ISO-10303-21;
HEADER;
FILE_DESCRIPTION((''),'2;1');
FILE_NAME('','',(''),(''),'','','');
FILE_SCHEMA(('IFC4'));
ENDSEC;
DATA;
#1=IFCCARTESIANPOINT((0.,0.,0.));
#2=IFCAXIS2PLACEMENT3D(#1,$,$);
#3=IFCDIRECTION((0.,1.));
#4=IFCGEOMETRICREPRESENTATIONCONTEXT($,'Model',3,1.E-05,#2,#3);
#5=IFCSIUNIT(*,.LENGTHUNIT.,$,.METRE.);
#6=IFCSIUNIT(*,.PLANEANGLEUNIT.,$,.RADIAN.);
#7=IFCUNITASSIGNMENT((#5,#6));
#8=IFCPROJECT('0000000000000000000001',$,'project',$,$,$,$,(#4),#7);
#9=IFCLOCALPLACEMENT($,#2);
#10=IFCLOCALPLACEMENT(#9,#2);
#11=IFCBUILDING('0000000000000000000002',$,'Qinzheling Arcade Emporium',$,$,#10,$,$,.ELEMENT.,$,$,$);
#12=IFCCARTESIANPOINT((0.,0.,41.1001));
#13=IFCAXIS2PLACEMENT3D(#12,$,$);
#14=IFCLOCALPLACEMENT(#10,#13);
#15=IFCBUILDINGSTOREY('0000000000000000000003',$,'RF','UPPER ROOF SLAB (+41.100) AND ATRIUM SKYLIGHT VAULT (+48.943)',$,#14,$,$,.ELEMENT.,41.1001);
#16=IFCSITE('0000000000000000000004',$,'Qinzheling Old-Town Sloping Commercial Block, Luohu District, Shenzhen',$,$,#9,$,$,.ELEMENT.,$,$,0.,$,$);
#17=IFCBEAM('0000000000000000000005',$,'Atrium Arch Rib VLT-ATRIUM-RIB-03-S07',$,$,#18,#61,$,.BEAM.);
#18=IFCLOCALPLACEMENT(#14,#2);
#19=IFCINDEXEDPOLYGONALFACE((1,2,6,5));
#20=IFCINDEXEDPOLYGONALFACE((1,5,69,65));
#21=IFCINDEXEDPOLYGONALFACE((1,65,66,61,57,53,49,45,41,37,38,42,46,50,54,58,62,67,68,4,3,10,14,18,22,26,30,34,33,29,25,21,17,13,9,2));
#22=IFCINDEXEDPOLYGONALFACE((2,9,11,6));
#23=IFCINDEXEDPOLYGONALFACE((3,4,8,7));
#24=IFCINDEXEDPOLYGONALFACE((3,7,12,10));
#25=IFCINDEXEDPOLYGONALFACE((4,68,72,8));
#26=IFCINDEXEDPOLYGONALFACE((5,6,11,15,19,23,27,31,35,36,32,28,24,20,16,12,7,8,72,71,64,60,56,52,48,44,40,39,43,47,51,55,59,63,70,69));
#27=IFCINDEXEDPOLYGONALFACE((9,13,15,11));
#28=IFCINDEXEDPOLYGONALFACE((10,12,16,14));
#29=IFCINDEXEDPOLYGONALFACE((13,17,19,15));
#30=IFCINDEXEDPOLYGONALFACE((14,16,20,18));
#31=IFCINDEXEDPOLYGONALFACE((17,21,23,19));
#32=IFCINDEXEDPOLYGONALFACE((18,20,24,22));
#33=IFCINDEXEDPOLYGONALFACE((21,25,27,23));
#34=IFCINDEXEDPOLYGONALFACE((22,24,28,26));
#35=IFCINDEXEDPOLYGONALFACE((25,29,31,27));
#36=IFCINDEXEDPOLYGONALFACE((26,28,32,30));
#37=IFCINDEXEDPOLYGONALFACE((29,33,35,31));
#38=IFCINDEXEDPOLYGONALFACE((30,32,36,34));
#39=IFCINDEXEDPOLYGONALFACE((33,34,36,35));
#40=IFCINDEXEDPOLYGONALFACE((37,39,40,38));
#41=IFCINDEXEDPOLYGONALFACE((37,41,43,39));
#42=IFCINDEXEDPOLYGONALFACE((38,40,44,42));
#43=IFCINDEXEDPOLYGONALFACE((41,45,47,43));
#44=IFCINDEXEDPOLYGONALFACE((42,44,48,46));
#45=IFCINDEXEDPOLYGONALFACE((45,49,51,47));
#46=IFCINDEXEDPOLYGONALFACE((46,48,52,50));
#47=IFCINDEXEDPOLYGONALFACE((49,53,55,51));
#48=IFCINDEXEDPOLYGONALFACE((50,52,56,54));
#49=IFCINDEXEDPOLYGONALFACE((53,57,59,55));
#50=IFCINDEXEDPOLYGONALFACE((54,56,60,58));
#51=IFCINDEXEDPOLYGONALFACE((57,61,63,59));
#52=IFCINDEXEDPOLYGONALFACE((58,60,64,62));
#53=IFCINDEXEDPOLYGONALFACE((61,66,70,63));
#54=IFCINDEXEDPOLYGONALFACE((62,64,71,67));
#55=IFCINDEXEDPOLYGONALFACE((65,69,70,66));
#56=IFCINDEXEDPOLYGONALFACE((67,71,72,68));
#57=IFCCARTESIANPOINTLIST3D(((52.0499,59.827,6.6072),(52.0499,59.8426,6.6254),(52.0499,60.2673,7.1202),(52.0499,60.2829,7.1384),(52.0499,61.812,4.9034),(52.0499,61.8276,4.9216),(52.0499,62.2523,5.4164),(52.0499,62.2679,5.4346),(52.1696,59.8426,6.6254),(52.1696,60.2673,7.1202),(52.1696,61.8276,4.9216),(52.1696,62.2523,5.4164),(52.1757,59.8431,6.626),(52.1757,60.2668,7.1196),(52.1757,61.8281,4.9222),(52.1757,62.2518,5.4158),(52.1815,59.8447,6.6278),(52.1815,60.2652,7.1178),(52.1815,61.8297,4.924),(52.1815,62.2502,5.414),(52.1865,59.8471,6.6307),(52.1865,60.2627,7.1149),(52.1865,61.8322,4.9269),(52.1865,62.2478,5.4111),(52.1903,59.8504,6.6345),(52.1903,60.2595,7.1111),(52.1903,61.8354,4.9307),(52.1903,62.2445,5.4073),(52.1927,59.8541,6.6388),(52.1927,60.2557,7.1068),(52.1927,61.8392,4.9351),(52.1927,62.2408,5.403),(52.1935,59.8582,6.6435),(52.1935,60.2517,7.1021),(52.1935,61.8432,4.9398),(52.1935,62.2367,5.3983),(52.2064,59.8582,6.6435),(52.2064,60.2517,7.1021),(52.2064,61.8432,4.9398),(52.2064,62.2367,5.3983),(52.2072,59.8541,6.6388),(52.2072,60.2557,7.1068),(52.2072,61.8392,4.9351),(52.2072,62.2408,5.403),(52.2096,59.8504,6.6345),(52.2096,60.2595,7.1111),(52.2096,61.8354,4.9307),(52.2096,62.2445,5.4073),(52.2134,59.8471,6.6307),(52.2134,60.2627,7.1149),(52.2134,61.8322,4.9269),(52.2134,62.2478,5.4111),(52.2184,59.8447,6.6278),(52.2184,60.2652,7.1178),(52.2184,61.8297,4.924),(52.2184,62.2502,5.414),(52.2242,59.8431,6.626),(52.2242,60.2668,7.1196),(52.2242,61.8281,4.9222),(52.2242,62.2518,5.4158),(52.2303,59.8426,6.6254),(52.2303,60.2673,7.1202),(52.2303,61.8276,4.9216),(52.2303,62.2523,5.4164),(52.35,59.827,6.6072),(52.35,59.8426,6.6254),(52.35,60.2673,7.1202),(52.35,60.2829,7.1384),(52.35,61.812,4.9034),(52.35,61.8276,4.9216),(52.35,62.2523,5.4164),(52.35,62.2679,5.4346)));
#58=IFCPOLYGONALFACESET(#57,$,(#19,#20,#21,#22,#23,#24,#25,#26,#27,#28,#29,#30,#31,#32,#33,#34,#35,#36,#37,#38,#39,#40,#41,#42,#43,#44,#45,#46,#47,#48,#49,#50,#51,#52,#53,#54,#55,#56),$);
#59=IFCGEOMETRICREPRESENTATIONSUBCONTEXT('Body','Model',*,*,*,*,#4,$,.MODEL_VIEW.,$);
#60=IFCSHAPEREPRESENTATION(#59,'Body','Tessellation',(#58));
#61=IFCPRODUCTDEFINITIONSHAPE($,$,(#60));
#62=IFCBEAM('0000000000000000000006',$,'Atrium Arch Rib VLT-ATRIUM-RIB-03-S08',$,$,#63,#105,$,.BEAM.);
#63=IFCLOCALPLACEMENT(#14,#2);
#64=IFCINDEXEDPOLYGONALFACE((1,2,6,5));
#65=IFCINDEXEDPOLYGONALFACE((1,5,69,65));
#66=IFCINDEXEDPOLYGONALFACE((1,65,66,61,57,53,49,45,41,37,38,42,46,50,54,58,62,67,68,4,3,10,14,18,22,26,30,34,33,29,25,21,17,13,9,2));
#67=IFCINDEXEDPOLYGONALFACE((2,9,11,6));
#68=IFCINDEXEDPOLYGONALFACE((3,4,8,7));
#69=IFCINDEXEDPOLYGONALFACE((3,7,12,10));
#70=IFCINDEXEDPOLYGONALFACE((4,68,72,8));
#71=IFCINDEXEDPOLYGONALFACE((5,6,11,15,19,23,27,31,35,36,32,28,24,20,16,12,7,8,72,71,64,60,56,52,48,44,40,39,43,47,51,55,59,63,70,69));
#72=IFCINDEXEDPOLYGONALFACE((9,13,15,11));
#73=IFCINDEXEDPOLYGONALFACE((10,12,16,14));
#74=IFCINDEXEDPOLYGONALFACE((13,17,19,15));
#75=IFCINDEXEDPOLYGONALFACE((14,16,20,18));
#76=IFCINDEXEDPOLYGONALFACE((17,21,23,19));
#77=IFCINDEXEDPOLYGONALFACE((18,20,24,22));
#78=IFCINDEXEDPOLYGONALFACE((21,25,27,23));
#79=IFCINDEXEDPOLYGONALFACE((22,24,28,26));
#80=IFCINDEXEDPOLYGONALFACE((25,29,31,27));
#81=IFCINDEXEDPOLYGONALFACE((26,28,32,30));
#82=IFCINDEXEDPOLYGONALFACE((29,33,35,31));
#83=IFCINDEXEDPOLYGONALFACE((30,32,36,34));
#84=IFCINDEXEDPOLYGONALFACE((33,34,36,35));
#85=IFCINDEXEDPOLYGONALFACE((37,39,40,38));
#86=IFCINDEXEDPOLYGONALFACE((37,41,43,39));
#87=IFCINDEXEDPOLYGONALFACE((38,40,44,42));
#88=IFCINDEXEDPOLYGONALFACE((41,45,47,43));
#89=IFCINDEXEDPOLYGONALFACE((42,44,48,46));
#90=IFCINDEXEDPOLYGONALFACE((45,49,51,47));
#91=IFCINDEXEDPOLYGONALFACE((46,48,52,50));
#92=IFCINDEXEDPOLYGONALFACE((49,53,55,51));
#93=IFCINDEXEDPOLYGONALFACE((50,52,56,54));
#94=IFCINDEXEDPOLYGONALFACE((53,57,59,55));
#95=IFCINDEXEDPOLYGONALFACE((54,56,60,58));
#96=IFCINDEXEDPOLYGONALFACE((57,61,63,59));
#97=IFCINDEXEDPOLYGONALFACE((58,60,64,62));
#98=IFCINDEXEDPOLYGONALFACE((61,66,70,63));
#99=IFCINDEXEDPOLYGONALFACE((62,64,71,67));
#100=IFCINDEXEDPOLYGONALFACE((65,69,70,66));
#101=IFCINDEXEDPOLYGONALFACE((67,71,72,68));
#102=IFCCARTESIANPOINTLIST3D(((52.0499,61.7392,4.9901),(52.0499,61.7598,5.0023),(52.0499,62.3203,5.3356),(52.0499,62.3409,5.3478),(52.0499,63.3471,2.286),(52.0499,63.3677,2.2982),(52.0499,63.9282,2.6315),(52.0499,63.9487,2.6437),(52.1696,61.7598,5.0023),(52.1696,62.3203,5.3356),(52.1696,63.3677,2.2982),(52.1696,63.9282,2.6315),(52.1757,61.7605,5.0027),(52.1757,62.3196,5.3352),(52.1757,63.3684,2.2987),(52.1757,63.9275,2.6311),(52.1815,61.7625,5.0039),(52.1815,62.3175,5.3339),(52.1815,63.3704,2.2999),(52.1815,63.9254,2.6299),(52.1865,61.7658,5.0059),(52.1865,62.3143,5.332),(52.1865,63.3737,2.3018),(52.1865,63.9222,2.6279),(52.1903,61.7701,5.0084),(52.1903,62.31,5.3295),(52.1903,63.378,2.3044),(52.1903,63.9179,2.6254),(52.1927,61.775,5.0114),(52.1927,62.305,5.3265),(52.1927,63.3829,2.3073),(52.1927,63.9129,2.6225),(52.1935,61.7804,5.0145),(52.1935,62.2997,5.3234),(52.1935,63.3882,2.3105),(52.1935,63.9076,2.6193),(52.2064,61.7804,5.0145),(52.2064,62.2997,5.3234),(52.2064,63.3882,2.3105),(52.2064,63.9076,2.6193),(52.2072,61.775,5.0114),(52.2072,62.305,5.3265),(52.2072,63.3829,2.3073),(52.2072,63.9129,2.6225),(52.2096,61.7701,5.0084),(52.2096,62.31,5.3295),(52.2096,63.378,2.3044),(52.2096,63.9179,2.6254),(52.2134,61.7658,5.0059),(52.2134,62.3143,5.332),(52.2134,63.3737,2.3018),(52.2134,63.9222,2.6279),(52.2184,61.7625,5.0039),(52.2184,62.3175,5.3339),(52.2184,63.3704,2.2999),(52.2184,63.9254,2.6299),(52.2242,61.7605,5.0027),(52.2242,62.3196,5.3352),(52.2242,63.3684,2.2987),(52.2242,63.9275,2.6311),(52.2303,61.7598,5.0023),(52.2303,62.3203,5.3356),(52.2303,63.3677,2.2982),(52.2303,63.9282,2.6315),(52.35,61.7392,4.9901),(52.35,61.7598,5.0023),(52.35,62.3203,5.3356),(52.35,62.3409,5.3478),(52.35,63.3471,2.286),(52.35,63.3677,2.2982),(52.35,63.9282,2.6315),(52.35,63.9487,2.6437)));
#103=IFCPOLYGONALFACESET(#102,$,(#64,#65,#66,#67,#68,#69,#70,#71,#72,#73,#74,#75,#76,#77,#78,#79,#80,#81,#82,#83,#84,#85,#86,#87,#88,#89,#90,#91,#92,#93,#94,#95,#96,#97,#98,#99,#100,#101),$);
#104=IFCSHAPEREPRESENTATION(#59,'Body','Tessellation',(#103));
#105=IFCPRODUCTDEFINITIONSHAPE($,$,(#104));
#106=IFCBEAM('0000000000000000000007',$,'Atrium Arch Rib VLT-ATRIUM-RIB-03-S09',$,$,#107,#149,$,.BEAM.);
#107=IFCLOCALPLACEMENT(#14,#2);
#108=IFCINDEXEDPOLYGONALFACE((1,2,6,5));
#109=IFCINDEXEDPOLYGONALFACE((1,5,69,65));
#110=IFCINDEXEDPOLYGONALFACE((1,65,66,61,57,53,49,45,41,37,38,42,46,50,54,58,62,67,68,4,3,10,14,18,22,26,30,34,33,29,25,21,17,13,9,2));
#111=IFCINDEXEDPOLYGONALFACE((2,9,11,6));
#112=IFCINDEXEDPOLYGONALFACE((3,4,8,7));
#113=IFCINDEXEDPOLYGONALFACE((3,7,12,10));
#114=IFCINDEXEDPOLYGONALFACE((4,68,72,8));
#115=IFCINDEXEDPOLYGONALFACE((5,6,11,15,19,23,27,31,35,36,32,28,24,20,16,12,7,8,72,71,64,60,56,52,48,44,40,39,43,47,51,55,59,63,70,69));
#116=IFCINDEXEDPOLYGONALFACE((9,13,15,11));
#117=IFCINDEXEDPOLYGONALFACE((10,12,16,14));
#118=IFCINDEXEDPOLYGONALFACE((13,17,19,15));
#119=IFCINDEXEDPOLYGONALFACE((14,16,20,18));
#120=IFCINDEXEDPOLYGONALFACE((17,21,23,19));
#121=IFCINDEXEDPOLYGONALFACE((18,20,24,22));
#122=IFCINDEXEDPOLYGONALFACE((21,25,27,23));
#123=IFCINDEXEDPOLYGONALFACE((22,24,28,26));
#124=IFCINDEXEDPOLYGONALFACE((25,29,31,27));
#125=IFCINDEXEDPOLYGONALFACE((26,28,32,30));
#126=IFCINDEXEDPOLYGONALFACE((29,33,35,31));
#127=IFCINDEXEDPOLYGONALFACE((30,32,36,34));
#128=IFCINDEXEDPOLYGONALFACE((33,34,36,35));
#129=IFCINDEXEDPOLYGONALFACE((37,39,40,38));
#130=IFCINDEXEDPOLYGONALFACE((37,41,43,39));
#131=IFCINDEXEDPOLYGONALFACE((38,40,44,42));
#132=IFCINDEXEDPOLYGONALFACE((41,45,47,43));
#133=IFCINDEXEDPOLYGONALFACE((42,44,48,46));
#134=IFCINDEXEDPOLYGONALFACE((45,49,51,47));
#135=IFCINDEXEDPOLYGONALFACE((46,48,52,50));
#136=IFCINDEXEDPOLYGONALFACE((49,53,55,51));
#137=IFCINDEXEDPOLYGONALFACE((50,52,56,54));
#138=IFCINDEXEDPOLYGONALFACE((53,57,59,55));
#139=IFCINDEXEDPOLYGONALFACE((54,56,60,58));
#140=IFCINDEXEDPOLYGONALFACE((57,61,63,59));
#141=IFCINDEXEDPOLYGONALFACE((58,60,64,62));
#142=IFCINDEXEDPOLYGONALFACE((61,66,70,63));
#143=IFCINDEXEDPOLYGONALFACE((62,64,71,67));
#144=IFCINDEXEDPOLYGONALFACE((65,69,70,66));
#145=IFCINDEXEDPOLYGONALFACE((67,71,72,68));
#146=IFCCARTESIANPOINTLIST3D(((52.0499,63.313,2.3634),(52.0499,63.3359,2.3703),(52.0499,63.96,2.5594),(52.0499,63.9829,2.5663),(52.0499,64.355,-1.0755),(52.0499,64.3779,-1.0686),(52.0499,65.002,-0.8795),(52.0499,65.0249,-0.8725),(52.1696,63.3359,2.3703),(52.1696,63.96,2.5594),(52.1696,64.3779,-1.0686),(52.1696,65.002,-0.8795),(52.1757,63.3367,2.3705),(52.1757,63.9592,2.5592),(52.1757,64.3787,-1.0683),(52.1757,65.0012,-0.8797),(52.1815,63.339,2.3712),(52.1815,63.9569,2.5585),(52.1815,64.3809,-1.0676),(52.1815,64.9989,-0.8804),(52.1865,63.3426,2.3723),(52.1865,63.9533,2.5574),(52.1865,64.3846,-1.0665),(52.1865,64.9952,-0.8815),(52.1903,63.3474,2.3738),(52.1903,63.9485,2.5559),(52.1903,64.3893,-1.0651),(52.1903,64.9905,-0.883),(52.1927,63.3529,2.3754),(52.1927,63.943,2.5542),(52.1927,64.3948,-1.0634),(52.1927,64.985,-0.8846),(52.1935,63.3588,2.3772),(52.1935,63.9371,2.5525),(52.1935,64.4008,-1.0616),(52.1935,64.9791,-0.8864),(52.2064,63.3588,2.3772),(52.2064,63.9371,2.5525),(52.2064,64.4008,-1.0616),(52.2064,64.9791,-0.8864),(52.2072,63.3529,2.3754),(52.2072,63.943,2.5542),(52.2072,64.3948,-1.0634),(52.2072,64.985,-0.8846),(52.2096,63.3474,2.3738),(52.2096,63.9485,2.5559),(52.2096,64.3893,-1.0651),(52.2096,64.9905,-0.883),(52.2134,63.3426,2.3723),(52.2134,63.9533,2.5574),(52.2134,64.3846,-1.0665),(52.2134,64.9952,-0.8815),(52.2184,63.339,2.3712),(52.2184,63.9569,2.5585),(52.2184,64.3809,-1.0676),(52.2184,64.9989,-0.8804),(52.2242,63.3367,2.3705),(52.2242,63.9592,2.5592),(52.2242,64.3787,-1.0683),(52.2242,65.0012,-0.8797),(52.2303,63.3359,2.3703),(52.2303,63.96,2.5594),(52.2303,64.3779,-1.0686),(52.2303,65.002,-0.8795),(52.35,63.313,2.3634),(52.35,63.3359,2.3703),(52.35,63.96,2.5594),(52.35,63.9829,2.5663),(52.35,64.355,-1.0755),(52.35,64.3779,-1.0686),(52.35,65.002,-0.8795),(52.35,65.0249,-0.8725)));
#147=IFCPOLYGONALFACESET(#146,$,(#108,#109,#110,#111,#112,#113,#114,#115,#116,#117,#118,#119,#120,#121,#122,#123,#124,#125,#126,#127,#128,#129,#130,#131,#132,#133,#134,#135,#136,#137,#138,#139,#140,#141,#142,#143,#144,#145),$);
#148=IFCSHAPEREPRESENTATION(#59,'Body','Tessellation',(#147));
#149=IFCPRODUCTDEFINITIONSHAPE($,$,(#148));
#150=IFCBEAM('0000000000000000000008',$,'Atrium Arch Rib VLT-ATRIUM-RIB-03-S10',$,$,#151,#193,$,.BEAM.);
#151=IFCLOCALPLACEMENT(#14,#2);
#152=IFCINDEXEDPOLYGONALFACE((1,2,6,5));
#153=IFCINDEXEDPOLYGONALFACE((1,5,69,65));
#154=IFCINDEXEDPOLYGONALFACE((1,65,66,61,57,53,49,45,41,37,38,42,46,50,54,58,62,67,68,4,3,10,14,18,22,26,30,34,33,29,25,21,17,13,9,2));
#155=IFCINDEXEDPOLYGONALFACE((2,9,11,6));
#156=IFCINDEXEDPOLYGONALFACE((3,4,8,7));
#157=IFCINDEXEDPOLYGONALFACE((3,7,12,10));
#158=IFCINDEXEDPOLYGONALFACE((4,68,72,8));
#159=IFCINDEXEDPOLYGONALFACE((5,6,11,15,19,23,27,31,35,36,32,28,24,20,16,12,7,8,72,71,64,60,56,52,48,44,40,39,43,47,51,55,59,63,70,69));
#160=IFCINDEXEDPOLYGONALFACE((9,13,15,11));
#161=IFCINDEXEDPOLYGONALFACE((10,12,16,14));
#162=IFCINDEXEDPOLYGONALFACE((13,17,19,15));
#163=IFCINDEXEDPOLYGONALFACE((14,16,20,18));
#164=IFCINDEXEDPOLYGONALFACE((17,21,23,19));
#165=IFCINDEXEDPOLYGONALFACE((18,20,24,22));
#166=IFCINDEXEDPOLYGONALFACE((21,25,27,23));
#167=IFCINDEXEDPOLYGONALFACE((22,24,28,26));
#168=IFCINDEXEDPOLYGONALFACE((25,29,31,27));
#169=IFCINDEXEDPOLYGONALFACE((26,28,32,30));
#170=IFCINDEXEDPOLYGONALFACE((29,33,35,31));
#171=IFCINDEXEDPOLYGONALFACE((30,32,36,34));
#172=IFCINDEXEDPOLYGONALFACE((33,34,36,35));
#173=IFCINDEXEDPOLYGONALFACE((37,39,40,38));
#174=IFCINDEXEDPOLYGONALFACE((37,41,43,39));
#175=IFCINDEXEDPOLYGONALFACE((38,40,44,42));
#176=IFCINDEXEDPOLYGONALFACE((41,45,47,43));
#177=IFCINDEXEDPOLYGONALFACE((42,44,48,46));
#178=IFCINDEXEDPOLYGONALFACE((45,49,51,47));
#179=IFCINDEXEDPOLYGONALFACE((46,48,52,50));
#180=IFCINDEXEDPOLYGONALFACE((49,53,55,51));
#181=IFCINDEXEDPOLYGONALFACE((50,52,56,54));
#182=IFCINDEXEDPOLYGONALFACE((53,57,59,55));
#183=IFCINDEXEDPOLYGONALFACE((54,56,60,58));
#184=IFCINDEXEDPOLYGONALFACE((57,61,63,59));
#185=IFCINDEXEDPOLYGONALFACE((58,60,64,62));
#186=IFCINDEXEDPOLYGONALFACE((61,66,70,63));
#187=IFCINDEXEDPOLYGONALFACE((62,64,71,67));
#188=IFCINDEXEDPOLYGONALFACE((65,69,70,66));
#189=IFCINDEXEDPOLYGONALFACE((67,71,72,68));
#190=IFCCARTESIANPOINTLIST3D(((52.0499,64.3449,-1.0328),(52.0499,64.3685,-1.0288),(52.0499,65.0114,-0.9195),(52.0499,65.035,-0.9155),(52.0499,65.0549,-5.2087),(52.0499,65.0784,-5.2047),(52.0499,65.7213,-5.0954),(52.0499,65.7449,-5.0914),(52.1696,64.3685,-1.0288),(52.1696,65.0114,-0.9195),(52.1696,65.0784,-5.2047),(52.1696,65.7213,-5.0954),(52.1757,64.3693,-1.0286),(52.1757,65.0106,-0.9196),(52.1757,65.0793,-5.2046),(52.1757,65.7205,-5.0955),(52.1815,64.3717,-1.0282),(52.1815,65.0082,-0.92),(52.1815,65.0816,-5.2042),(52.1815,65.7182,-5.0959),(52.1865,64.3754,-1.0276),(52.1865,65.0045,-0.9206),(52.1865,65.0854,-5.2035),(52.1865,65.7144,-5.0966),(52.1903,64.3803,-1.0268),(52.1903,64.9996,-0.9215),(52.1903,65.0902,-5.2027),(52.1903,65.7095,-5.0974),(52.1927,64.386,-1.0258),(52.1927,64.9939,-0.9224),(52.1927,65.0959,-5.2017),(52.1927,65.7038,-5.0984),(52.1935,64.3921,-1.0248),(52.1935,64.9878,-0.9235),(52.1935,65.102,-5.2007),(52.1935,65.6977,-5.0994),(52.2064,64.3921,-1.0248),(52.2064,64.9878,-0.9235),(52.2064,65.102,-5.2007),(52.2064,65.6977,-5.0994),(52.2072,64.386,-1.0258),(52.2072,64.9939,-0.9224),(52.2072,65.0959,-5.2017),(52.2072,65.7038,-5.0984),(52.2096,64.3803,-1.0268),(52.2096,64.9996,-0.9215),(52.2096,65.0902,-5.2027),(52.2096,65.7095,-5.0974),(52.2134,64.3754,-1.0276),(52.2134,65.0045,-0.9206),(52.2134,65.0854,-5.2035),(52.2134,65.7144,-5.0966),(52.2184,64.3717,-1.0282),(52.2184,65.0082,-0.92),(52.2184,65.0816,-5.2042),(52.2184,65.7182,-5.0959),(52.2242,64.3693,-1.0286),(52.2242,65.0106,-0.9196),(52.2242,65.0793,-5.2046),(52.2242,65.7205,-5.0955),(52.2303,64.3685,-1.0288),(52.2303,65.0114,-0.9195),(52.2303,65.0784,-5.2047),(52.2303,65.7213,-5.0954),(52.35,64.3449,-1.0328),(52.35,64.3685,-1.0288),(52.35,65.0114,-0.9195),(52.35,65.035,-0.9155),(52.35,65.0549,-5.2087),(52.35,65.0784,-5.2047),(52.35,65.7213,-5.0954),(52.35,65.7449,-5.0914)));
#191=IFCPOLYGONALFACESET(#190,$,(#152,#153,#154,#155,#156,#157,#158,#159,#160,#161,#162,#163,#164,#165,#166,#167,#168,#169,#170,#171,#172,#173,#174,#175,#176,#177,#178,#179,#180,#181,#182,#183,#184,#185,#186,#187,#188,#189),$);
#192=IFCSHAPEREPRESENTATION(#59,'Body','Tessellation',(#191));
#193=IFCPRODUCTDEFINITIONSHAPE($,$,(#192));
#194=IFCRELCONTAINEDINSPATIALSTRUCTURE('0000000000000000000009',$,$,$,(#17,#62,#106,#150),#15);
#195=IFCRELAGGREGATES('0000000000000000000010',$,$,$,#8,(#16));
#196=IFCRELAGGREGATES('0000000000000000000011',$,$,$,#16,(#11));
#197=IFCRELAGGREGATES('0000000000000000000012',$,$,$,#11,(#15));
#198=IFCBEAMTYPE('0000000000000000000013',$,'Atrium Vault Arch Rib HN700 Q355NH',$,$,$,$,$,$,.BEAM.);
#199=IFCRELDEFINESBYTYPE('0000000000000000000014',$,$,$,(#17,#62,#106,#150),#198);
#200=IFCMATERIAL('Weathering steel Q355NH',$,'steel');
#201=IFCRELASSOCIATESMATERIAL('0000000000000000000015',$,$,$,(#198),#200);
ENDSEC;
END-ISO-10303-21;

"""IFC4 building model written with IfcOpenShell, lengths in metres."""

from ifc_helpers import new_model, si_unit, direction, frame, origin, origin_2d, place, context, subcontext, project, spatial, i_section, extrude, material, material_profile, profile_set, type_object, element, save


model = new_model("IFC4")

# Units and contexts
model_context = context("Model", 3, precision=1e-05, world=origin(), true_north=direction((0.0, 1.0)))
body_context = subcontext(model_context, "Body", "Model", "MODEL_VIEW")
ifc_project = project(units=[si_unit("LENGTHUNIT", "METRE"), si_unit("PLANEANGLEUNIT", "RADIAN")], contexts=[model_context])

# Site, building, storey
site_placement = place(None, origin())
site = spatial("IfcSite", under=ifc_project, at=site_placement, Name="Qinzheling Old-Town Sloping Commercial Block, Luohu District, Shenzhen", CompositionType="ELEMENT", RefElevation=0.0)
building_placement = place(site_placement, origin())
building = spatial("IfcBuilding", under=site, at=building_placement, Name="Qinzheling Arcade Emporium", CompositionType="ELEMENT")
storey_placement = place(building_placement, frame((0.0, 0.0, 41.1001)))
storey = spatial("IfcBuildingStorey", under=building, at=storey_placement, Name="RF", Description="UPPER ROOF SLAB (+41.100) AND ATRIUM SKYLIGHT VAULT (+48.943)", CompositionType="ELEMENT", Elevation=41.1001)

# Shared definitions
ifc_material_1 = material(Name="Weathering steel Q355NH", Category="steel")

# Beams
ifc_material_profile_1 = material_profile(ifc_material_1, i_section(OverallWidth=0.3, OverallDepth=0.7, WebThickness=0.0129, FlangeThickness=0.0239, FilletRadius=0.0239, at=origin_2d()), Name="HN 700x300x13x24", Category="steel")
ifc_profile_set_1 = profile_set([ifc_material_profile_1], Name="Weathering steel Q355NH")
beam_type_1 = type_object("IfcBeamType", Name="Atrium Vault Arch Rib HN700 Q355NH", PredefinedType="BEAM", material=ifc_profile_set_1)
beam_1_placement = place(storey_placement, frame((52.2, 60.0549, 6.8728), z_axis=(0.0, 0.758815, -0.651306), x_axis=(-1.0, 0.0, 0.0)))
element("IfcBeam", 1, at=beam_1_placement, inside=storey, type_object=beam_type_1, Name="Atrium Arch Rib VLT-ATRIUM-RIB-03-S07", PredefinedType="BEAM", context=body_context, shape_type="SweptSolid", body=[
    extrude(i_section(OverallWidth=0.3, OverallDepth=0.7, WebThickness=0.0129, FlangeThickness=0.0239, FilletRadius=0.0239, at=origin_2d()), origin(), (0.0, 0.0, 1.0), 2.616),
])
beam_2_placement = place(storey_placement, frame((52.2, 62.04, 5.1689), z_axis=(0.0, 0.511091, -0.859527), x_axis=(-1.0, 0.0, 0.0)))
element("IfcBeam", 2, at=beam_2_placement, inside=storey, type_object=beam_type_1, Name="Atrium Arch Rib VLT-ATRIUM-RIB-03-S08", PredefinedType="BEAM", context=body_context, shape_type="SweptSolid", body=[
    extrude(i_section(OverallWidth=0.3, OverallDepth=0.7, WebThickness=0.0129, FlangeThickness=0.0239, FilletRadius=0.0239, at=origin_2d()), origin(), (0.0, 0.0, 1.0), 3.146),
])
beam_3_placement = place(storey_placement, frame((52.2, 63.6479, 2.4648), z_axis=(0.0, 0.289977, -0.957034), x_axis=(-1.0, 0.0, 0.0)))
element("IfcBeam", 3, at=beam_3_placement, inside=storey, type_object=beam_type_1, Name="Atrium Arch Rib VLT-ATRIUM-RIB-03-S09", PredefinedType="BEAM", context=body_context, shape_type="SweptSolid", body=[
    extrude(i_section(OverallWidth=0.3, OverallDepth=0.7, WebThickness=0.0129, FlangeThickness=0.0239, FilletRadius=0.0239, at=origin_2d()), origin(), (0.0, 0.0, 1.0), 3.5933),
])
beam_4_placement = place(storey_placement, frame((52.2, 64.6899, -0.9741), z_axis=(0.0, 0.167604, -0.985854), x_axis=(-1.0, 0.0, 0.0)))
element("IfcBeam", 4, at=beam_4_placement, inside=storey, type_object=beam_type_1, Name="Atrium Arch Rib VLT-ATRIUM-RIB-03-S10", PredefinedType="BEAM", context=body_context, shape_type="SweptSolid", body=[
    extrude(i_section(OverallWidth=0.3, OverallDepth=0.7, WebThickness=0.0129, FlangeThickness=0.0239, FilletRadius=0.0239, at=origin_2d()), origin(), (0.0, 0.0, 1.0), 4.2358),
])

save(model, "model.ifc")
